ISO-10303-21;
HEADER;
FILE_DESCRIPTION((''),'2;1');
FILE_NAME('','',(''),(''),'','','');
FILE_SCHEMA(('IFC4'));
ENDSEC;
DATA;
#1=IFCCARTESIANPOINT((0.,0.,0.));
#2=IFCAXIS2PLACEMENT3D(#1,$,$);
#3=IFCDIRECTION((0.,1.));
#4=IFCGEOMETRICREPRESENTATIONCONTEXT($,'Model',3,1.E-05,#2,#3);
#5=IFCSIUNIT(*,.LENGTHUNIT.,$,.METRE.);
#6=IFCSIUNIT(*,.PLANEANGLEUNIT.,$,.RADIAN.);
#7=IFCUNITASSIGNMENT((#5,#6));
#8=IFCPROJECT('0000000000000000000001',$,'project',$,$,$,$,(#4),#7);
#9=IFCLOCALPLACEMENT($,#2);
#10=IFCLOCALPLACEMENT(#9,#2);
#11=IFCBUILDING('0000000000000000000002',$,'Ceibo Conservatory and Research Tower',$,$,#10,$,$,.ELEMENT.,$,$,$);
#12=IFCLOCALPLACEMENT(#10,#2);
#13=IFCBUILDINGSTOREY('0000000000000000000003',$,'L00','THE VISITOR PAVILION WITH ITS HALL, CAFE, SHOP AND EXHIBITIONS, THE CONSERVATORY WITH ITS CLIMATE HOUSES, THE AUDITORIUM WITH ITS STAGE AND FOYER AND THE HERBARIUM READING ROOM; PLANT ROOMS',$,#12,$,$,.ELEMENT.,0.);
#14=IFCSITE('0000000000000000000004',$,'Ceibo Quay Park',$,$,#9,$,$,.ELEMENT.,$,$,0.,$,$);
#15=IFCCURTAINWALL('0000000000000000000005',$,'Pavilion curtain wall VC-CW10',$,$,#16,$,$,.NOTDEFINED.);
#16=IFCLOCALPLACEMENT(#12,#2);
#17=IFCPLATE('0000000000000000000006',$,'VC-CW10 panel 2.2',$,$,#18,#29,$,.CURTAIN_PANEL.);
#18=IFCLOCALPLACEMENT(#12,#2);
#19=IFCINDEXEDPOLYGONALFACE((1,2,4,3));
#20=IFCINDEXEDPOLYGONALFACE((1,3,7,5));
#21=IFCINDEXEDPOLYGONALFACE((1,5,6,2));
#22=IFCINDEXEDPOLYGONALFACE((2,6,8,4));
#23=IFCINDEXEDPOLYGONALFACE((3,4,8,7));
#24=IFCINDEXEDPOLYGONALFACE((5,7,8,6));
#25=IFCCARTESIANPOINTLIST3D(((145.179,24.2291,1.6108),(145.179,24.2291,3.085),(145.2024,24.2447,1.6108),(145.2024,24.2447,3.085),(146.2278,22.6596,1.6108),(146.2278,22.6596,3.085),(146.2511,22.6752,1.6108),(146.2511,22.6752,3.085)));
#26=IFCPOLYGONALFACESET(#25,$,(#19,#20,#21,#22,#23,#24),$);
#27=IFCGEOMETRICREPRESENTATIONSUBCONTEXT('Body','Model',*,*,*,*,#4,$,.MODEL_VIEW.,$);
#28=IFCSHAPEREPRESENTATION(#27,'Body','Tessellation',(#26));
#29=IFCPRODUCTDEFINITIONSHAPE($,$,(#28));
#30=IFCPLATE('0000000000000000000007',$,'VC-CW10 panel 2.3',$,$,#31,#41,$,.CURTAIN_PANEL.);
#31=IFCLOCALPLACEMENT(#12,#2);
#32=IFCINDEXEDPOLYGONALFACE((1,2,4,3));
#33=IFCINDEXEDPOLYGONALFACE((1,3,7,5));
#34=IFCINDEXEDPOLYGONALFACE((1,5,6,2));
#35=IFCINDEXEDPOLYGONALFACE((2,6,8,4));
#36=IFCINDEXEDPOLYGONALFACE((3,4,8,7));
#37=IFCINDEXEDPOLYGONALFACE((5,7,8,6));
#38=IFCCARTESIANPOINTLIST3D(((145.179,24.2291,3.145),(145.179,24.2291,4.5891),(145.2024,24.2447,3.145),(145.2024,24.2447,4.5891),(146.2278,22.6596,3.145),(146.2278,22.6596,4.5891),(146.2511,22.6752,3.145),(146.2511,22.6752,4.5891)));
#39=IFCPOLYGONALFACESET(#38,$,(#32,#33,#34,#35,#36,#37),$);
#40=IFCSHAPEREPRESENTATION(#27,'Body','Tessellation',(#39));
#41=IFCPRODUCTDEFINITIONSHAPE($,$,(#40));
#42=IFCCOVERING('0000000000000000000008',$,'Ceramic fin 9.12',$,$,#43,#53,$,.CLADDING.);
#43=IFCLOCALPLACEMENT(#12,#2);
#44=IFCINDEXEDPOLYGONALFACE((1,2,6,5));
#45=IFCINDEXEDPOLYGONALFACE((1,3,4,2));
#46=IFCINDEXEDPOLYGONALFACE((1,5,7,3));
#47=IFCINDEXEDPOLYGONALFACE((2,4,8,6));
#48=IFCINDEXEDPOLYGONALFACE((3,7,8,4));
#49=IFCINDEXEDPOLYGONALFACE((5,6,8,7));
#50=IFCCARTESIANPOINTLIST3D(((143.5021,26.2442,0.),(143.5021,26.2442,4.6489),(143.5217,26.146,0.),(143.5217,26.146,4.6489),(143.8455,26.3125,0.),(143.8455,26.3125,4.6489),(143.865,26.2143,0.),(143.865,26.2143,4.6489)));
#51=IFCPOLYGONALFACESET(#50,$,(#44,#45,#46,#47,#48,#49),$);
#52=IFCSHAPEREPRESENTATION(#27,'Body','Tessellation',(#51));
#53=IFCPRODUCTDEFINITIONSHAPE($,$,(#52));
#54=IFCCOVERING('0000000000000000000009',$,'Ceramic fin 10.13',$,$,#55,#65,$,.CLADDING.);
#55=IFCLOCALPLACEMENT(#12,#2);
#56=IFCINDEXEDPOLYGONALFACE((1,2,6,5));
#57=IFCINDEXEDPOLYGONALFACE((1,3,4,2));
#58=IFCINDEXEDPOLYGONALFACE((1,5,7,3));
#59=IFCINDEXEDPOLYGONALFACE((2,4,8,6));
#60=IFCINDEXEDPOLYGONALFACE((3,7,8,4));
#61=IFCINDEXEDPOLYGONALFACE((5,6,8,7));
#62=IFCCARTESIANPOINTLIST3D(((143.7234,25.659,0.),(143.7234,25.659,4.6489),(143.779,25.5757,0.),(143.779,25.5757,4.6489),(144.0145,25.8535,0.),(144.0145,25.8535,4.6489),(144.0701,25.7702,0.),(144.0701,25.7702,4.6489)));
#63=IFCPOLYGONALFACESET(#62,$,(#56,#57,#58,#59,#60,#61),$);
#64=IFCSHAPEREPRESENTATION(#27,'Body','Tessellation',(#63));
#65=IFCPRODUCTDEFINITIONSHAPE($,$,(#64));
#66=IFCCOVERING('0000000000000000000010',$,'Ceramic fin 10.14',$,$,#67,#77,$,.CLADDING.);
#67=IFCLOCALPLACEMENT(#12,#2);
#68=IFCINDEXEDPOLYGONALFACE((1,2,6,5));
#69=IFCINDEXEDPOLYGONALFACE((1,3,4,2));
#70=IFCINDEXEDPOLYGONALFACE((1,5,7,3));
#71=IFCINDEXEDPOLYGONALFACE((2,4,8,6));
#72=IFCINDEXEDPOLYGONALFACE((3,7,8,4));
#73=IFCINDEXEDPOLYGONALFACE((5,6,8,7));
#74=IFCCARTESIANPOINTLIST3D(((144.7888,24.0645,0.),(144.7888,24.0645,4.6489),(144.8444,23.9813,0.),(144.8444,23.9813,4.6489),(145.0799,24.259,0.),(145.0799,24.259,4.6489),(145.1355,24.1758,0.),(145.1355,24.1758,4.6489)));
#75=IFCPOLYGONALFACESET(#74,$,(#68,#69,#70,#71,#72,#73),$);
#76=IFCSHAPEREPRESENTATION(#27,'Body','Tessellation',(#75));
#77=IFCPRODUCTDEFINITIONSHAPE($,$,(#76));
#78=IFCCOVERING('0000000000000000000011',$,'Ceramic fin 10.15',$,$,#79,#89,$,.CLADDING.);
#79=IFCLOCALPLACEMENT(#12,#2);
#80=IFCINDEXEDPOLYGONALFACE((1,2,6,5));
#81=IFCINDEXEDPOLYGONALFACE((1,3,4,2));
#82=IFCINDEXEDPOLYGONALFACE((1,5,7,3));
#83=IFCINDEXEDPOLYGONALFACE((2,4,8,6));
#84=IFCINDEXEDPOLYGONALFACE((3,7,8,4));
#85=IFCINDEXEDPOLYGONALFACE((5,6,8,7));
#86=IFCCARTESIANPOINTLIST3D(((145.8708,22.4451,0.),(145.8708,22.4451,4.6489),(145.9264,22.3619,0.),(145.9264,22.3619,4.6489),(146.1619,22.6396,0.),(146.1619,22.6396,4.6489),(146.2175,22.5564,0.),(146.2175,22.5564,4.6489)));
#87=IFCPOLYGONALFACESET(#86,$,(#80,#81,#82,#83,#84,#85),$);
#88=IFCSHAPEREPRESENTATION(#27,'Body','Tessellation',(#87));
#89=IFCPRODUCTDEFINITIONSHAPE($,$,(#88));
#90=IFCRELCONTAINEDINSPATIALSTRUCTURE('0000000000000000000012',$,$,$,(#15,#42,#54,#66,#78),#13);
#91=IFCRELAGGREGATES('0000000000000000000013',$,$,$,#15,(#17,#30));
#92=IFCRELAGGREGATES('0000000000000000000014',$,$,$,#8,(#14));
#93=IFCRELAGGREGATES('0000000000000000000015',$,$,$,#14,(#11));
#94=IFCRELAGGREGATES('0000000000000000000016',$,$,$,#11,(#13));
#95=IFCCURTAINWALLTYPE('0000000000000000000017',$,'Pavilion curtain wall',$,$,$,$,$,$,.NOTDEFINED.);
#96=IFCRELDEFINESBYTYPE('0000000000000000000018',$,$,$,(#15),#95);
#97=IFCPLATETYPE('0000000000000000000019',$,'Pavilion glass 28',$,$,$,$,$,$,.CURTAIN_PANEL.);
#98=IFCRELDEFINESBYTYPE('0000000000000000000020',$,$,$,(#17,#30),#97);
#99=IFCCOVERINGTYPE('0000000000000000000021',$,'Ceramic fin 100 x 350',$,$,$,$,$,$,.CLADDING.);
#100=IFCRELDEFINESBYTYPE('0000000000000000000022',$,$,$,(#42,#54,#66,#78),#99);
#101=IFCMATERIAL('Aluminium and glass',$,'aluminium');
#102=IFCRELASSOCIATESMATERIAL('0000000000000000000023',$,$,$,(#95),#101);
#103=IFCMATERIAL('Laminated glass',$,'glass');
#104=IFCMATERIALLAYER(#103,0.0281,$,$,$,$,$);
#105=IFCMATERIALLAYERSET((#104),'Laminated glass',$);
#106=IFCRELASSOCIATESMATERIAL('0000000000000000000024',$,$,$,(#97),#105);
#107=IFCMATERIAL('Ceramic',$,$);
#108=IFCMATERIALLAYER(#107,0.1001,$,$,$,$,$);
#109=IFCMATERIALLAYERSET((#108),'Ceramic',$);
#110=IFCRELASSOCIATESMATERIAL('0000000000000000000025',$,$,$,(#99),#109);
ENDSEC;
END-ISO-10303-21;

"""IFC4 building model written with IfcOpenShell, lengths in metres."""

from ifc_helpers import new_model, si_unit, direction, frame, origin, origin_2d, place, context, subcontext, project, spatial, rectangle, extrude, material, layer, layer_set, type_object, element, aggregate, save


model = new_model("IFC4")

# Units and contexts
model_context = context("Model", 3, precision=1e-05, world=origin(), true_north=direction((0.0, 1.0)))
body_context = subcontext(model_context, "Body", "Model", "MODEL_VIEW")
ifc_project = project(units=[si_unit("LENGTHUNIT", "METRE"), si_unit("PLANEANGLEUNIT", "RADIAN")], contexts=[model_context])

# Site, building, storey
site_placement = place(None, origin())
site = spatial("IfcSite", under=ifc_project, at=site_placement, Name="Ceibo Quay Park", CompositionType="ELEMENT", RefElevation=0.0)
building_placement = place(site_placement, origin())
building = spatial("IfcBuilding", under=site, at=building_placement, Name="Ceibo Conservatory and Research Tower", CompositionType="ELEMENT")
storey_placement = place(building_placement, origin())
storey = spatial("IfcBuildingStorey", under=building, at=storey_placement, Name="L00", Description="THE VISITOR PAVILION WITH ITS HALL, CAFE, SHOP AND EXHIBITIONS, THE CONSERVATORY WITH ITS CLIMATE HOUSES, THE AUDITORIUM WITH ITS STAGE AND FOYER AND THE HERBARIUM READING ROOM; PLANT ROOMS", CompositionType="ELEMENT", Elevation=0.0)

# Shared definitions
ifc_material_1 = material(Name="Aluminium and glass", Category="aluminium")
curtain_wall_type = type_object("IfcCurtainWallType", Name="Pavilion curtain wall", PredefinedType="NOTDEFINED", material=ifc_material_1)

# Curtain wall
curtain_wall_1_placement = place(storey_placement, origin())
curtain_wall_1 = element("IfcCurtainWall", 1, at=curtain_wall_1_placement, inside=storey, type_object=curtain_wall_type, Name="Pavilion curtain wall VC-CW10", PredefinedType="NOTDEFINED")

# Plates
ifc_material_2 = material(Name="Laminated glass", Category="glass")
ifc_layer_1 = layer(ifc_material_2, 0.0281)
ifc_layer_set_1 = layer_set([ifc_layer_1], Name="Laminated glass")
plate_type = type_object("IfcPlateType", Name="Pavilion glass 28", PredefinedType="CURTAIN_PANEL", material=ifc_layer_set_1)
plate_1_placement = place(storey_placement, frame((145.7151, 23.4521, 1.6108), z_axis=(0.0, 0.0, 1.0), x_axis=(0.55557, -0.83147, 0.0)))
plate_1 = element("IfcPlate", 2, at=plate_1_placement, type_object=plate_type, Name="VC-CW10 panel 2.2", PredefinedType="CURTAIN_PANEL", context=body_context, shape_type="SweptSolid", body=[
    extrude(rectangle(XDim=1.8877, YDim=0.0281, at=origin_2d()), origin(), (0.0, 0.0, 1.0), 1.4741),
])
plate_2_placement = place(storey_placement, frame((145.7151, 23.4521, 3.145), z_axis=(0.0, 0.0, 1.0), x_axis=(0.55557, -0.83147, 0.0)))
plate_2 = element("IfcPlate", 3, at=plate_2_placement, type_object=plate_type, Name="VC-CW10 panel 2.3", PredefinedType="CURTAIN_PANEL", context=body_context, shape_type="SweptSolid", body=[
    extrude(rectangle(XDim=1.8877, YDim=0.0281, at=origin_2d()), origin(), (0.0, 0.0, 1.0), 1.4441),
])
aggregate(curtain_wall_1, [plate_1, plate_2])

# Coverings
ifc_material_3 = material(Name="Ceramic")
ifc_layer_2 = layer(ifc_material_3, 0.1001)
ifc_layer_set_2 = layer_set([ifc_layer_2], Name="Ceramic")
covering_type = type_object("IfcCoveringType", Name="Ceramic fin 100 x 350", PredefinedType="CLADDING", material=ifc_layer_set_2)
for number, where, z_axis, x_axis, name in (
    (4, (143.6836, 26.2292, 0.0), (0.0, 0.0, 1.0), (-0.19509, 0.980785, 0.0), "Ceramic fin 9.12"),
    (5, (143.8967, 25.7146, 0.0), (0.0, 0.0, 1.0), (-0.55557, 0.83147, 0.0), "Ceramic fin 10.13"),
    (6, (144.9622, 24.1201, 0.0), (0.0, 0.0, 1.0), (-0.55557, 0.83147, 0.0), "Ceramic fin 10.14"),
    (7, (146.0442, 22.5007, 0.0), (0.0, 0.0, 1.0), (-0.55557, 0.83147, 0.0), "Ceramic fin 10.15"),
):
    element("IfcCovering", number, at=place(storey_placement, frame(where, z_axis=z_axis, x_axis=x_axis)), inside=storey, type_object=covering_type, Name=name, PredefinedType="CLADDING", context=body_context, shape_type="SweptSolid", body=[
        extrude(rectangle(XDim=0.1001, YDim=0.3501, at=origin_2d()), origin(), (0.0, 0.0, 1.0), 4.6489),
    ])

save(model, "model.ifc")
